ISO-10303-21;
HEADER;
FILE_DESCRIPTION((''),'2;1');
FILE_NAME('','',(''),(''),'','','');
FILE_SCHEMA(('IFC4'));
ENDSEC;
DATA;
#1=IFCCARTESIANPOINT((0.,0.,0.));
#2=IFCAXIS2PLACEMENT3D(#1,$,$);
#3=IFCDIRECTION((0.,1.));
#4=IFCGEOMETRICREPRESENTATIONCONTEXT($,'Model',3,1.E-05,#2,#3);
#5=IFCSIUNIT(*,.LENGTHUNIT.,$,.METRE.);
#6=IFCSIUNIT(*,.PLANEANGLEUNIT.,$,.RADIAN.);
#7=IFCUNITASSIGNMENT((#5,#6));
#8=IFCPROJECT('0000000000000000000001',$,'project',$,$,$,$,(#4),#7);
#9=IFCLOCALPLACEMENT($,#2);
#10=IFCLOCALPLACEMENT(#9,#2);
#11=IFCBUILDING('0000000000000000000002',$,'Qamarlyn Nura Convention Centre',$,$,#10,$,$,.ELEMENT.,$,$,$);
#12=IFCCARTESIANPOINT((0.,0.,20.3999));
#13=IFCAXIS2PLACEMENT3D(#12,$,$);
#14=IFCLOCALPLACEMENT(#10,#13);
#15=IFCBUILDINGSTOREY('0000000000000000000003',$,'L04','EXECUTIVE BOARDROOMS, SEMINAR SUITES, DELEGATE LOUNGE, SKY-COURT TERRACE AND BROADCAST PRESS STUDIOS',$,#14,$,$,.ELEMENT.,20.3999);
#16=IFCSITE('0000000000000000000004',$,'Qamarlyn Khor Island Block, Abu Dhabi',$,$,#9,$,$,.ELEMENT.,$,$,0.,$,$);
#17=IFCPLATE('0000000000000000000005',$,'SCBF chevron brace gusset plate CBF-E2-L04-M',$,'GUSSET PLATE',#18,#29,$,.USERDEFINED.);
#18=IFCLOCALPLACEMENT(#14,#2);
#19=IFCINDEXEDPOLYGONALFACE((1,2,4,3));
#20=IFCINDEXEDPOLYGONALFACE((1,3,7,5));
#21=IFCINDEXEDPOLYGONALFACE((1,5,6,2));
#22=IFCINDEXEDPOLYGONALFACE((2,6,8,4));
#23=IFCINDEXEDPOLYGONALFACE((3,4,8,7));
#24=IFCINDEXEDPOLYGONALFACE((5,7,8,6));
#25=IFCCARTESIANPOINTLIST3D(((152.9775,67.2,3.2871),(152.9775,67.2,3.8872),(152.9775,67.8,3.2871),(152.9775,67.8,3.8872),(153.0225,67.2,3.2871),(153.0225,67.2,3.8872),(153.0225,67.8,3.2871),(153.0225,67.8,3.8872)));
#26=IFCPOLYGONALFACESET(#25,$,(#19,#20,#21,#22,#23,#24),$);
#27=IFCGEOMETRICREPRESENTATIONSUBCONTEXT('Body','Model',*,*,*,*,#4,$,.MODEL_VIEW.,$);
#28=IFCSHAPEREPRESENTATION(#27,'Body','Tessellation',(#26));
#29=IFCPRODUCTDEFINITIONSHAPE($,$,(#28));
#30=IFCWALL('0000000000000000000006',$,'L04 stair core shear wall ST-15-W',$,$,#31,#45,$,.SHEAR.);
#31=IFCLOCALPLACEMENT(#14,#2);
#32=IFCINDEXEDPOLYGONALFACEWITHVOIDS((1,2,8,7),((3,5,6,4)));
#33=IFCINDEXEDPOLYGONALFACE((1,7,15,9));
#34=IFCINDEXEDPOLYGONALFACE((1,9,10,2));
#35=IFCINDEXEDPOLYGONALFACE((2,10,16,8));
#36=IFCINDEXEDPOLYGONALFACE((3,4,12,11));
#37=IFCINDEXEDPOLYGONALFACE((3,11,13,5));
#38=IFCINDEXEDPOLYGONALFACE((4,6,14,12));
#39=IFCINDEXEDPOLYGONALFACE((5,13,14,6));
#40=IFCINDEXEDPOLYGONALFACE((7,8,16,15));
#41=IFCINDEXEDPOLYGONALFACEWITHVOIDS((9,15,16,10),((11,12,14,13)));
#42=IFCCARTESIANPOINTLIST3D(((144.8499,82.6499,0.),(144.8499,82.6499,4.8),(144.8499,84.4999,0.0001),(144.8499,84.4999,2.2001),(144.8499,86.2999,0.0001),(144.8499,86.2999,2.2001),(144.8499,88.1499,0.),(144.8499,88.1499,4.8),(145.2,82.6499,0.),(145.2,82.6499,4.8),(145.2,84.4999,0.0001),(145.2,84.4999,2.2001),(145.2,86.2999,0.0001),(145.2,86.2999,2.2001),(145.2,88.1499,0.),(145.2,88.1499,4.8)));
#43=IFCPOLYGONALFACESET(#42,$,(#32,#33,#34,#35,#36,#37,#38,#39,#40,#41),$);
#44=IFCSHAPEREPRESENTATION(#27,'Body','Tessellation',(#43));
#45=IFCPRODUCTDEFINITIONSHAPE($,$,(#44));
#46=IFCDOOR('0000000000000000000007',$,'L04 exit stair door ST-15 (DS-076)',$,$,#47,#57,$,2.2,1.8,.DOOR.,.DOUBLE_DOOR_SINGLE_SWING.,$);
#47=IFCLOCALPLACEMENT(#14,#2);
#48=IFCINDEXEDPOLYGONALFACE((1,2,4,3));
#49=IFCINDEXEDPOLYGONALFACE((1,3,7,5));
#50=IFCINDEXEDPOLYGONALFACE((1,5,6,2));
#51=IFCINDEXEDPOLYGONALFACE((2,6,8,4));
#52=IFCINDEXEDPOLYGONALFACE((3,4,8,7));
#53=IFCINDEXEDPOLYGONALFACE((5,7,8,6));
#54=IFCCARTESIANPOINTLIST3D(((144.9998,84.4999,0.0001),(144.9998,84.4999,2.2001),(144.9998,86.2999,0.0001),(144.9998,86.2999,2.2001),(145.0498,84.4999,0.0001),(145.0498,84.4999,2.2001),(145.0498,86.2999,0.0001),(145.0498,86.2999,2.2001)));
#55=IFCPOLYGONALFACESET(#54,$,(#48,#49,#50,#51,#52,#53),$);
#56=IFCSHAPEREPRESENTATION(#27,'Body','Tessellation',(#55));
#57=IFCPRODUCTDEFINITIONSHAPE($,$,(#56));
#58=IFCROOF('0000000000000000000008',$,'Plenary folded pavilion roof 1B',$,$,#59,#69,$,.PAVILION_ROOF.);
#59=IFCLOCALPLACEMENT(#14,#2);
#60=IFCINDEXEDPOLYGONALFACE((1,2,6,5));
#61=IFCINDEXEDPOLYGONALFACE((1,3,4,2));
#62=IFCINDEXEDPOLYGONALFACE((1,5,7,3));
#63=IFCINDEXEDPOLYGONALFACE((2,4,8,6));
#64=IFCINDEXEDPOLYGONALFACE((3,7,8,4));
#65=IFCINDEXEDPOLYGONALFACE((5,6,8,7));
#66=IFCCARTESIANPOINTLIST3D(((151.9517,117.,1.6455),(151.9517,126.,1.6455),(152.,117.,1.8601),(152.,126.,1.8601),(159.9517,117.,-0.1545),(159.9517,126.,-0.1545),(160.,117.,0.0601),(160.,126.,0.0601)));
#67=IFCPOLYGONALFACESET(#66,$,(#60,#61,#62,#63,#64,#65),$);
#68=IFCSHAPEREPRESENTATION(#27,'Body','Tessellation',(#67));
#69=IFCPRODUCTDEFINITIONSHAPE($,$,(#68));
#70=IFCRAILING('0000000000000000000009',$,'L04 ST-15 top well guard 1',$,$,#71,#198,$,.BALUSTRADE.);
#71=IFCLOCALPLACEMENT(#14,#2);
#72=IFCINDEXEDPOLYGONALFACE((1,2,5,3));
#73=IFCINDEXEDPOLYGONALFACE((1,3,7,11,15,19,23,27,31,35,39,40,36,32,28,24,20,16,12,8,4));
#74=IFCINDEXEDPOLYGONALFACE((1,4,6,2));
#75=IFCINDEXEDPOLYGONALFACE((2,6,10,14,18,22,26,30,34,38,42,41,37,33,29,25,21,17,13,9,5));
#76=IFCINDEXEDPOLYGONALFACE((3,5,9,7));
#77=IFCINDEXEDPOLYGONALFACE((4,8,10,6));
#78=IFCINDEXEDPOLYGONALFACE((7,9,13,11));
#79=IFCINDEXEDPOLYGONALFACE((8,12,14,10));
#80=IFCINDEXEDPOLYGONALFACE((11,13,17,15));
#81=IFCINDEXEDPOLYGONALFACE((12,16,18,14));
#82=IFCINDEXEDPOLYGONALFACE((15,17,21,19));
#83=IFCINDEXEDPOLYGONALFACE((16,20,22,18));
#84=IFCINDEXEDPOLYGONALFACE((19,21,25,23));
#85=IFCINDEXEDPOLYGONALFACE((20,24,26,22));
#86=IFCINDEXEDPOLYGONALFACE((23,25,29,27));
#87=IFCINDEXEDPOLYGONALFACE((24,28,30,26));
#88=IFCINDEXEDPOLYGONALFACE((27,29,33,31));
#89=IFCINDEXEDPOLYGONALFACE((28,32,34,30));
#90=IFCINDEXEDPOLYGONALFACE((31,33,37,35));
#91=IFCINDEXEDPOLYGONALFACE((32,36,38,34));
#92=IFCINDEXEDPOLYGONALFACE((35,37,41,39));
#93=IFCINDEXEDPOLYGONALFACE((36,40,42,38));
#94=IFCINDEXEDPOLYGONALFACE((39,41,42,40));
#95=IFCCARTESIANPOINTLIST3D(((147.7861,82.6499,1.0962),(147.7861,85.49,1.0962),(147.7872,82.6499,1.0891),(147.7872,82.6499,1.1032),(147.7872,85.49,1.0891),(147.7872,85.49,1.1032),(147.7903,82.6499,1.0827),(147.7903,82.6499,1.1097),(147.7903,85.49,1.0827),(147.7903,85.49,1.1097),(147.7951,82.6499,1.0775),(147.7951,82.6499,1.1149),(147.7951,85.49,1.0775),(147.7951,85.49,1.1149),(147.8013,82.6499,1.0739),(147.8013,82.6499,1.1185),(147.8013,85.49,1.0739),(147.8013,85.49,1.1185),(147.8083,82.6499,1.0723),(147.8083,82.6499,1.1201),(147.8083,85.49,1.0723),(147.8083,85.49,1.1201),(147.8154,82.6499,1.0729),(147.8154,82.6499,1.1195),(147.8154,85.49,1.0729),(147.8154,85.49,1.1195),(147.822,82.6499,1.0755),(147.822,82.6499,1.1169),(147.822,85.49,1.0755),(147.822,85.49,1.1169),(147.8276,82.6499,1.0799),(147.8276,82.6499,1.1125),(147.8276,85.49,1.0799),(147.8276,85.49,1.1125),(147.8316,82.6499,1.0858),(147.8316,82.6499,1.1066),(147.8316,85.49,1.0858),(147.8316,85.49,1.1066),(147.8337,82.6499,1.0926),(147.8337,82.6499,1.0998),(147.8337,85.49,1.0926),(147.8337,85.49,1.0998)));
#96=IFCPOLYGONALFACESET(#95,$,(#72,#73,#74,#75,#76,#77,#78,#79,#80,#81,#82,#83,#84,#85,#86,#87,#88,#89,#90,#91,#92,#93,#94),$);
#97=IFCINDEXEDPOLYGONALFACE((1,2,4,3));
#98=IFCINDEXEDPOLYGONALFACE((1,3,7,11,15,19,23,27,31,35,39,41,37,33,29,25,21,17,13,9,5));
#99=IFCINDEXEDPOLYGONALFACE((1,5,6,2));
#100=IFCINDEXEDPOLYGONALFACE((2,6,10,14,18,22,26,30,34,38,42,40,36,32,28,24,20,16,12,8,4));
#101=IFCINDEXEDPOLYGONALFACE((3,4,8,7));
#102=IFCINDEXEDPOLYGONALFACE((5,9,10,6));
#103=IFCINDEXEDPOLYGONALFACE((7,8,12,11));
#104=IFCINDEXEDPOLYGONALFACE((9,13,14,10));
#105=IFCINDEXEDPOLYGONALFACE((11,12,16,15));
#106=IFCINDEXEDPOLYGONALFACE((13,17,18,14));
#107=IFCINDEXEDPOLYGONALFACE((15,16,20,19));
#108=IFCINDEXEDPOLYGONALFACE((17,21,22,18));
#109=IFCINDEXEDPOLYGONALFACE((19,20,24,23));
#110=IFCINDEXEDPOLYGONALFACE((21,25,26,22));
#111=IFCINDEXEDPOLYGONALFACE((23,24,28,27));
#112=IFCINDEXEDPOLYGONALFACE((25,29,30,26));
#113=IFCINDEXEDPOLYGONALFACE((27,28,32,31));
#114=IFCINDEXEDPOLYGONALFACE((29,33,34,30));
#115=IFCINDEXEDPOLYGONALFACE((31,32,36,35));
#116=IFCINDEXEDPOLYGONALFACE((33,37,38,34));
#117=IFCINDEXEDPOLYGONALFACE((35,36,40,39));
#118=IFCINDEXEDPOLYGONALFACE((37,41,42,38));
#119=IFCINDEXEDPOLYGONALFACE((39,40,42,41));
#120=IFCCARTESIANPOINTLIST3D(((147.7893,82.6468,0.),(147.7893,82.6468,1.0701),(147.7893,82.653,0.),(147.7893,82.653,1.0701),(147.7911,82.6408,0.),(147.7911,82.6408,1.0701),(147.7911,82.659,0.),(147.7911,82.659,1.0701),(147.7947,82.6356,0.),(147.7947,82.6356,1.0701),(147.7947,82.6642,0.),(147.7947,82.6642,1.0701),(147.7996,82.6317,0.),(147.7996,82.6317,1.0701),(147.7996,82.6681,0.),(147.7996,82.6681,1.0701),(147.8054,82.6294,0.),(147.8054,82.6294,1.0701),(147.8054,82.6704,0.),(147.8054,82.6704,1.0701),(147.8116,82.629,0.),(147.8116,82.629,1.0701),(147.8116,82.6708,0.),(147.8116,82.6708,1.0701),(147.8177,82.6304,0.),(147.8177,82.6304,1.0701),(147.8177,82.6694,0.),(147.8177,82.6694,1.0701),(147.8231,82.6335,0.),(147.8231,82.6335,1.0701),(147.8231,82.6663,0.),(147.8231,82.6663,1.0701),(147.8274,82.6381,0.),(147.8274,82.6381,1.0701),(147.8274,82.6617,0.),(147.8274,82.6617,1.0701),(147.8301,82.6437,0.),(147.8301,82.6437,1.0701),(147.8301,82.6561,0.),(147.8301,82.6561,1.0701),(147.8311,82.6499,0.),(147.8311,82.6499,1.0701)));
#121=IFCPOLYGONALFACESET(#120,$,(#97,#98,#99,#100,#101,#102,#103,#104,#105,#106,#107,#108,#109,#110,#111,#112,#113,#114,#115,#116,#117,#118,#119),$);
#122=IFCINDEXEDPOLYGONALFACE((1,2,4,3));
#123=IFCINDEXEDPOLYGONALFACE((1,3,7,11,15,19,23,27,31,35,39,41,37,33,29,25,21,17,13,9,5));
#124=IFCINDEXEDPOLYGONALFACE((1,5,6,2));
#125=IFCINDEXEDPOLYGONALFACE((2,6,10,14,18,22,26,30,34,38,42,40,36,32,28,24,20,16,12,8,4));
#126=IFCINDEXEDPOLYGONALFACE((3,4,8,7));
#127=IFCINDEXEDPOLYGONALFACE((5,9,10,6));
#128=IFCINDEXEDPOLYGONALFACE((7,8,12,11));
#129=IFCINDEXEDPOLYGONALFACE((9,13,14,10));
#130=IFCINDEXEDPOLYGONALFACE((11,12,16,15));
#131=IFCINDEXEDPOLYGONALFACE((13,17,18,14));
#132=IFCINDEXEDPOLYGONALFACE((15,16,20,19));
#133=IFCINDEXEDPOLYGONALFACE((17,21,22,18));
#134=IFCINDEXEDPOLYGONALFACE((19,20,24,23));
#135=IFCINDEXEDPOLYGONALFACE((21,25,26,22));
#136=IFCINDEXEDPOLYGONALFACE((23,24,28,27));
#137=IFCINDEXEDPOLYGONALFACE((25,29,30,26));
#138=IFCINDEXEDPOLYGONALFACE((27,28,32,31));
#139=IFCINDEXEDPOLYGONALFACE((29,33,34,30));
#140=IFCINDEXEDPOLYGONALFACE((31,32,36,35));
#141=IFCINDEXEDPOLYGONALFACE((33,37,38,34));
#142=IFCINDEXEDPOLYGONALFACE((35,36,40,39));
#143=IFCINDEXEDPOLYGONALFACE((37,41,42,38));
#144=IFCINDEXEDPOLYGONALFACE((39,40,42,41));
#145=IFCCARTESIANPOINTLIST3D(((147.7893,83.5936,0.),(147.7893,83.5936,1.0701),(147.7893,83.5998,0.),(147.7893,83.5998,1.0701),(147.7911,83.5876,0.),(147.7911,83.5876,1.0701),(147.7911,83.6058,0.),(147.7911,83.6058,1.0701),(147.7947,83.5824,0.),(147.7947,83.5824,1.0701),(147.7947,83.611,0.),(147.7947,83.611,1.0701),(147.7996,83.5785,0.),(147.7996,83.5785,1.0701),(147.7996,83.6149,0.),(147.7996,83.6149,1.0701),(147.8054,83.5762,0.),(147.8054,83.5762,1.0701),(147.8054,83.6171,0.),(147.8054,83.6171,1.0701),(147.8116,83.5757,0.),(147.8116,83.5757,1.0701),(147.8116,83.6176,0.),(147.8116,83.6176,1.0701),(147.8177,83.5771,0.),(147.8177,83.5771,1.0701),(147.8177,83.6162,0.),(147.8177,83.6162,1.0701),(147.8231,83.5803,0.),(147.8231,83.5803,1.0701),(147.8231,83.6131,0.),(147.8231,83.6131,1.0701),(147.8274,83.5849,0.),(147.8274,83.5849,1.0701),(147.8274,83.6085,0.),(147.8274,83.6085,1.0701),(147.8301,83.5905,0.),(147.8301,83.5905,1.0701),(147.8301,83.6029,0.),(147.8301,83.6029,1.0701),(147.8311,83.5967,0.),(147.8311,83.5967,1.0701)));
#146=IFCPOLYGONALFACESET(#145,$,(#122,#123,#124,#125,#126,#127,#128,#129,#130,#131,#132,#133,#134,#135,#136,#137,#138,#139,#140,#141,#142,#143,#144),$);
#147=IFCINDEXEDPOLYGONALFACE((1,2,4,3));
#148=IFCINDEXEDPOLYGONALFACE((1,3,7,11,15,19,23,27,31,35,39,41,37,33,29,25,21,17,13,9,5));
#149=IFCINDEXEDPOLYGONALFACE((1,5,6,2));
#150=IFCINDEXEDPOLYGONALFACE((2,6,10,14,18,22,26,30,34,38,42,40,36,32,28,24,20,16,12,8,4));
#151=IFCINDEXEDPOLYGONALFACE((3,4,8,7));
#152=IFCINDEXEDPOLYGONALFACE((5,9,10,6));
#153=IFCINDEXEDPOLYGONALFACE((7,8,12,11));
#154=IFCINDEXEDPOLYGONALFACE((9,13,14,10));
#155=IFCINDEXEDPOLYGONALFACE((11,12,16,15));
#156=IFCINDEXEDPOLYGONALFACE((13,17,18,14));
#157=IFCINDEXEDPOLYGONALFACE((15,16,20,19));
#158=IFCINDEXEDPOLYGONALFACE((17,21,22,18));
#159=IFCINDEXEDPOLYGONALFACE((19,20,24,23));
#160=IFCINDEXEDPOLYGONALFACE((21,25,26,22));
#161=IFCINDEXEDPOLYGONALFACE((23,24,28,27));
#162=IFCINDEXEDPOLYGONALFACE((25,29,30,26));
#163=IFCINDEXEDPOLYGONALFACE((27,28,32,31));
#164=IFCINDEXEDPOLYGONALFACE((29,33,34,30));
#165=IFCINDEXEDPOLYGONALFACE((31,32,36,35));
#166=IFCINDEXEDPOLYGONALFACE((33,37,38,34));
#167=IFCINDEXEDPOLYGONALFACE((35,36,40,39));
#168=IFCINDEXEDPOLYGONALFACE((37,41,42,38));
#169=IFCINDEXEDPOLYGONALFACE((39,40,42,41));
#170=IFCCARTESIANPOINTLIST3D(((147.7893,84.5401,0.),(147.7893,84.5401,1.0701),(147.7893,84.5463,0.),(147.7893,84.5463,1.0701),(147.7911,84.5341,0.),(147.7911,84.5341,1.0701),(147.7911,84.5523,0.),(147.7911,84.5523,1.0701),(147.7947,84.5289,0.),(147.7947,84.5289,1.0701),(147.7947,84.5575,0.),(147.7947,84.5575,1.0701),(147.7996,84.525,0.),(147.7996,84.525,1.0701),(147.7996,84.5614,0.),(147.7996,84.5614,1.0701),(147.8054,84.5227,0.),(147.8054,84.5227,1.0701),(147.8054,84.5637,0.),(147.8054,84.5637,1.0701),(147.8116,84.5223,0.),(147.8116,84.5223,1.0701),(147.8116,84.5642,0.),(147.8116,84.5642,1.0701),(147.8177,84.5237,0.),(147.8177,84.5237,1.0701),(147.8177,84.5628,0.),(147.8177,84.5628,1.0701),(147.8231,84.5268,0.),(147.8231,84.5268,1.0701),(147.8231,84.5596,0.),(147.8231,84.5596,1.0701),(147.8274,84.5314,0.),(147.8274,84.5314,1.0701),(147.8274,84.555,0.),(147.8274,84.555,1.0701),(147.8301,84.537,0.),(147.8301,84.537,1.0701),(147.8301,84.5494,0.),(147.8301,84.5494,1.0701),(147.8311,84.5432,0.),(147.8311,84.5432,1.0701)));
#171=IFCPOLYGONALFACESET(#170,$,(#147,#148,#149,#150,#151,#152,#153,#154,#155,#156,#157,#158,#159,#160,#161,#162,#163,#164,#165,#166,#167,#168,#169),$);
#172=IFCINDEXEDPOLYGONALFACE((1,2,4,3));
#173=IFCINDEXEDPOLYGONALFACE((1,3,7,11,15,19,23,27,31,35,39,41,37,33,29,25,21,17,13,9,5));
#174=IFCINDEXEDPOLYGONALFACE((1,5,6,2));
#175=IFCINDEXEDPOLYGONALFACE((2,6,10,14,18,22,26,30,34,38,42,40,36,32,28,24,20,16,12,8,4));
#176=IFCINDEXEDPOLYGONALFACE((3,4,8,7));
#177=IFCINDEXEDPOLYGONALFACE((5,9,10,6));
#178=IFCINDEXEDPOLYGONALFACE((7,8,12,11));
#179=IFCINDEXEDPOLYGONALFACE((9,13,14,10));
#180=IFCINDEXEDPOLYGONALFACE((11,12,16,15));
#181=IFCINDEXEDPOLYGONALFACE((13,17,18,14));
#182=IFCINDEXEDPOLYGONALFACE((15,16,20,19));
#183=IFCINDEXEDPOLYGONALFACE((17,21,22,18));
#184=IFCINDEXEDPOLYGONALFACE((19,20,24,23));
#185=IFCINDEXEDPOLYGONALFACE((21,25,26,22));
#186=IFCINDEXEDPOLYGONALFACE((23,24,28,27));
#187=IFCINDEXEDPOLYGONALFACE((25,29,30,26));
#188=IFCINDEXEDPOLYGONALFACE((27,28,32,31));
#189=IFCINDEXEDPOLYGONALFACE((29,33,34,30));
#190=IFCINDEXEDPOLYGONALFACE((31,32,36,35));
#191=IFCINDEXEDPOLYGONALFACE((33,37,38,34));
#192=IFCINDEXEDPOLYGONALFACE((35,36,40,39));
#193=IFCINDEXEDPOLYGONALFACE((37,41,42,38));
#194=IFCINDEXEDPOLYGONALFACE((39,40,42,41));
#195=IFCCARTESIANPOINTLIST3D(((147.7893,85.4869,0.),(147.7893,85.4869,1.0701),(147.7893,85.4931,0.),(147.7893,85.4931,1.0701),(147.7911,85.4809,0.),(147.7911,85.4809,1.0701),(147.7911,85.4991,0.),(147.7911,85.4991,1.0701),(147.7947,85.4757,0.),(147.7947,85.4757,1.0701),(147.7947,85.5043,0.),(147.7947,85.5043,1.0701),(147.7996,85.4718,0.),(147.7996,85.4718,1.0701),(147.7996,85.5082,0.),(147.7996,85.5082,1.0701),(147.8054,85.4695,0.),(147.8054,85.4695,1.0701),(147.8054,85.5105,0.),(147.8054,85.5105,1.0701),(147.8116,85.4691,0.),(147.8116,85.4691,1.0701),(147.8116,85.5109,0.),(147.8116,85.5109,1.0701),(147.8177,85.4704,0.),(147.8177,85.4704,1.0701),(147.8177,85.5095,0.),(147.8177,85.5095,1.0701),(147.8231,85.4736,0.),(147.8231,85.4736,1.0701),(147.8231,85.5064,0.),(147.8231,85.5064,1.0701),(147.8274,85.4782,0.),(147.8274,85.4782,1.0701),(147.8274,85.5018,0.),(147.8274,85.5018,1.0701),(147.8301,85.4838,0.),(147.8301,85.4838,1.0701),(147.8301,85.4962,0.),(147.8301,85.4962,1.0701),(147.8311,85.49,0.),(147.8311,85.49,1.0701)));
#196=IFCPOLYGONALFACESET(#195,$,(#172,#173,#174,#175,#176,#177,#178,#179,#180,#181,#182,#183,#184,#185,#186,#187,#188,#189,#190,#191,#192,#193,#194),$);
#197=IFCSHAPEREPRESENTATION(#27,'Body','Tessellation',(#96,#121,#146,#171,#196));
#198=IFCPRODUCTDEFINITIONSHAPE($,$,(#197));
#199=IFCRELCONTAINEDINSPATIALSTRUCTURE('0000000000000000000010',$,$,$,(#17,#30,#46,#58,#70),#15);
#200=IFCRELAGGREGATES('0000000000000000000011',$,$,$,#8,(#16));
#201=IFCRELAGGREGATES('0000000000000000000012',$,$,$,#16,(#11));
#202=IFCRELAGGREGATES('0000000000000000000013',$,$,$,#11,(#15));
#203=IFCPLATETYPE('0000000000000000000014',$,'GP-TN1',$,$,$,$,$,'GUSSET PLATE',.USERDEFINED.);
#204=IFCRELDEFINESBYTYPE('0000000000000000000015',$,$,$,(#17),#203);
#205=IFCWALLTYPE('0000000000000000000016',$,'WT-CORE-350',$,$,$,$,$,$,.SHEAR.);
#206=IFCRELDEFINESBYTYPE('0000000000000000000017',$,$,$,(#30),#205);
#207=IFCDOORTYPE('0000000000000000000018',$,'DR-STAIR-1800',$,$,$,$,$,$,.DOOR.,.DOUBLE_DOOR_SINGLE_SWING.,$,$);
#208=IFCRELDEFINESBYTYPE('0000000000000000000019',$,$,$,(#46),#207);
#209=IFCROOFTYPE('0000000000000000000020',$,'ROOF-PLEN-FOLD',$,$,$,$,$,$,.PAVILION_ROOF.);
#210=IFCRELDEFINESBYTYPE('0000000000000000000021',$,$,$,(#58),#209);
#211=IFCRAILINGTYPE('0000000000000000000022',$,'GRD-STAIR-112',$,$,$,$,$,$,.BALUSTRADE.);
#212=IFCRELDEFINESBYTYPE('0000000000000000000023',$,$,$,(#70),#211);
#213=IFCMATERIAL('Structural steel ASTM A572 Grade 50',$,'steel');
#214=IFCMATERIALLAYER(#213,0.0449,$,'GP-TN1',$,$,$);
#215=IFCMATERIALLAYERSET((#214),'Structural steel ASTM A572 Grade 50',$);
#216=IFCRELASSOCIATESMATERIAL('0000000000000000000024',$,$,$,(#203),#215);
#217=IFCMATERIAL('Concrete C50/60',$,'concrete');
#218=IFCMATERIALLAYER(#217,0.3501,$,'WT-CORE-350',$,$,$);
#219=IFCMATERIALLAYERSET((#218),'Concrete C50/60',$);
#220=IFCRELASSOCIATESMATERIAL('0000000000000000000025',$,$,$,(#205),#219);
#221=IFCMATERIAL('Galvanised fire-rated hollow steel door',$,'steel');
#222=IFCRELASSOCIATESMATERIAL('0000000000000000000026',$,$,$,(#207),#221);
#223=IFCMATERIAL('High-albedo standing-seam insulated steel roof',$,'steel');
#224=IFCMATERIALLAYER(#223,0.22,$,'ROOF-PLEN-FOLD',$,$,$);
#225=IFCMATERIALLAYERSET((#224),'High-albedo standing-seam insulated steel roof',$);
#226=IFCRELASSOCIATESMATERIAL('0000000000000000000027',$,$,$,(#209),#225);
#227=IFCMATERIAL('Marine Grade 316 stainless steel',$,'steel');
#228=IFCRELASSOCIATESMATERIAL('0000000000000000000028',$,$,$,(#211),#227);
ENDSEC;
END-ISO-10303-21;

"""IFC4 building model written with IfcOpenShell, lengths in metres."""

from ifc_helpers import new_model, si_unit, direction, frame, frame_2d, origin, origin_2d, place, context, subcontext, project, spatial, polyline, rectangle, circle, outline, extrude, material, layer, layer_set, type_object, element, fill, save


model = new_model("IFC4")

# Units and contexts
model_context = context("Model", 3, precision=1e-05, world=origin(), true_north=direction((0.0, 1.0)))
body_context = subcontext(model_context, "Body", "Model", "MODEL_VIEW")
ifc_project = project(units=[si_unit("LENGTHUNIT", "METRE"), si_unit("PLANEANGLEUNIT", "RADIAN")], contexts=[model_context])

# Site, building, storey
site_placement = place(None, origin())
site = spatial("IfcSite", under=ifc_project, at=site_placement, Name="Qamarlyn Khor Island Block, Abu Dhabi", CompositionType="ELEMENT", RefElevation=0.0)
building_placement = place(site_placement, origin())
building = spatial("IfcBuilding", under=site, at=building_placement, Name="Qamarlyn Nura Convention Centre", CompositionType="ELEMENT")
storey_placement = place(building_placement, frame((0.0, 0.0, 20.3999)))
storey = spatial("IfcBuildingStorey", under=building, at=storey_placement, Name="L04", Description="EXECUTIVE BOARDROOMS, SEMINAR SUITES, DELEGATE LOUNGE, SKY-COURT TERRACE AND BROADCAST PRESS STUDIOS", CompositionType="ELEMENT", Elevation=20.3999)

# Shared definitions
ifc_material_1 = material(Name="Concrete C50/60", Category="concrete")

# Plate
ifc_material_2 = material(Name="Structural steel ASTM A572 Grade 50", Category="steel")
ifc_layer_1 = layer(ifc_material_2, 0.0449, Name="GP-TN1")
ifc_layer_set_1 = layer_set([ifc_layer_1], Name="Structural steel ASTM A572 Grade 50")
plate_type = type_object("IfcPlateType", Name="GP-TN1", ElementType="GUSSET PLATE", PredefinedType="USERDEFINED", material=ifc_layer_set_1)
for number, where, z_axis, x_axis, name in (
    (1, (153.0, 67.5, 3.2871), (0.0, 0.0, 1.0), (0.0, 1.0, 0.0), "SCBF chevron brace gusset plate CBF-E2-L04-M"),
):
    element("IfcPlate", number, at=place(storey_placement, frame(where, z_axis=z_axis, x_axis=x_axis)), inside=storey, type_object=plate_type, Name=name, ObjectType="GUSSET PLATE", PredefinedType="USERDEFINED", context=body_context, shape_type="SweptSolid", body=[
        extrude(rectangle(XDim=0.6001, YDim=0.0449, at=origin_2d()), origin(), (0.0, 0.0, 1.0), 0.6001),
    ])

# Wall, opening, door
ifc_layer_2 = layer(ifc_material_1, 0.3501, Name="WT-CORE-350")
ifc_layer_set_2 = layer_set([ifc_layer_2], Name="Concrete C50/60")
wall_type = type_object("IfcWallType", Name="WT-CORE-350", PredefinedType="SHEAR", material=ifc_layer_set_2)
wall_placement = place(storey_placement, frame((145.0249, 88.1499, 0.0), z_axis=(0.0, 0.0, 1.0), x_axis=(0.0, -1.0, 0.0)))
wall = element("IfcWall", 2, at=wall_placement, inside=storey, type_object=wall_type, Name="L04 stair core shear wall ST-15-W", PredefinedType="SHEAR", context=body_context, shape_type="SweptSolid", body=[
    extrude(rectangle(XDim=5.5, YDim=0.3501, at=frame_2d((2.75, 0.0))), origin(), (0.0, 0.0, 1.0), 4.8),
])
opening_placement = place(wall_placement, frame((1.8501, 0.0, 0.0)))
opening = element("IfcOpeningElement", 3, at=opening_placement, cuts=wall, PredefinedType="OPENING", context=body_context, shape_type="SweptSolid", body=[
    extrude(rectangle(XDim=1.8, YDim=2.2, at=frame_2d((0.8999, 1.1001))), frame((0.0, 0.1851, 0.0), z_axis=(0.0, -1.0, 0.0), x_axis=(1.0, 0.0, 0.0)), (0.0, 0.0, 1.0), 0.3701),
])
ifc_material_3 = material(Name="Galvanised fire-rated hollow steel door", Category="steel")
door_type = type_object("IfcDoorType", Name="DR-STAIR-1800", OperationType="DOUBLE_DOOR_SINGLE_SWING", PredefinedType="DOOR", material=ifc_material_3)
door_placement = place(opening_placement, origin())
door = element("IfcDoor", 4, at=door_placement, inside=storey, type_object=door_type, Name="L04 exit stair door ST-15 (DS-076)", OperationType="DOUBLE_DOOR_SINGLE_SWING", OverallHeight=2.2, OverallWidth=1.8, PredefinedType="DOOR", context=body_context, shape_type="SweptSolid", body=[
    extrude(rectangle(XDim=1.8, YDim=2.2, at=frame_2d((0.8999, 1.1001))), frame((0.0, 0.0249, 0.0), z_axis=(0.0, -1.0, 0.0), x_axis=(1.0, 0.0, 0.0)), (0.0, 0.0, 1.0), 0.05),
])
fill(opening, door)

# Roof
ifc_material_4 = material(Name="High-albedo standing-seam insulated steel roof", Category="steel")
ifc_layer_3 = layer(ifc_material_4, 0.22, Name="ROOF-PLEN-FOLD")
ifc_layer_set_3 = layer_set([ifc_layer_3], Name="High-albedo standing-seam insulated steel roof")
roof_type = type_object("IfcRoofType", Name="ROOF-PLEN-FOLD", PredefinedType="PAVILION_ROOF", material=ifc_layer_set_3)
roof_placement = place(storey_placement, frame((152.0, 117.0, 1.8601), z_axis=(0.219518, 0.0, 0.975608), x_axis=(0.975608, 0.0, -0.219518)))
element("IfcRoof", 5, at=roof_placement, inside=storey, type_object=roof_type, Name="Plenary folded pavilion roof 1B", PredefinedType="PAVILION_ROOF", context=body_context, shape_type="SweptSolid", body=[
    extrude(outline(polyline([(0.0, 0.0), (8.2, 0.0), (8.2, 9.0), (0.0, 9.0), (0.0, 0.0)])), origin(), (0.0, 0.0, -1.0), 0.22),
])

# Railing
ifc_material_5 = material(Name="Marine Grade 316 stainless steel", Category="steel")
railing_type_1 = type_object("IfcRailingType", Name="GRD-STAIR-112", PredefinedType="BALUSTRADE", material=ifc_material_5)
railing_1_placement = place(storey_placement, frame((147.8101, 82.6499, 0.0)))
element("IfcRailing", 6, at=railing_1_placement, inside=storey, type_object=railing_type_1, Name="L04 ST-15 top well guard 1", PredefinedType="BALUSTRADE", context=body_context, shape_type="SweptSolid", body=[
    extrude(circle(Radius=0.0239, at=origin_2d()), frame((0.0, 0.0, 1.0962), z_axis=(0.0, 1.0, 0.0), x_axis=(-1.0, 0.0, 0.0)), (0.0, 0.0, 1.0), 2.8401),
    extrude(circle(Radius=0.021, at=origin_2d()), origin(), (0.0, 0.0, 1.0), 1.0701),
    extrude(circle(Radius=0.021, at=origin_2d()), frame((0.0, 0.9468, 0.0)), (0.0, 0.0, 1.0), 1.0701),
    extrude(circle(Radius=0.021, at=origin_2d()), frame((0.0, 1.8933, 0.0)), (0.0, 0.0, 1.0), 1.0701),
    extrude(circle(Radius=0.021, at=origin_2d()), frame((0.0, 2.8401, 0.0)), (0.0, 0.0, 1.0), 1.0701),
])

save(model, "model.ifc")
